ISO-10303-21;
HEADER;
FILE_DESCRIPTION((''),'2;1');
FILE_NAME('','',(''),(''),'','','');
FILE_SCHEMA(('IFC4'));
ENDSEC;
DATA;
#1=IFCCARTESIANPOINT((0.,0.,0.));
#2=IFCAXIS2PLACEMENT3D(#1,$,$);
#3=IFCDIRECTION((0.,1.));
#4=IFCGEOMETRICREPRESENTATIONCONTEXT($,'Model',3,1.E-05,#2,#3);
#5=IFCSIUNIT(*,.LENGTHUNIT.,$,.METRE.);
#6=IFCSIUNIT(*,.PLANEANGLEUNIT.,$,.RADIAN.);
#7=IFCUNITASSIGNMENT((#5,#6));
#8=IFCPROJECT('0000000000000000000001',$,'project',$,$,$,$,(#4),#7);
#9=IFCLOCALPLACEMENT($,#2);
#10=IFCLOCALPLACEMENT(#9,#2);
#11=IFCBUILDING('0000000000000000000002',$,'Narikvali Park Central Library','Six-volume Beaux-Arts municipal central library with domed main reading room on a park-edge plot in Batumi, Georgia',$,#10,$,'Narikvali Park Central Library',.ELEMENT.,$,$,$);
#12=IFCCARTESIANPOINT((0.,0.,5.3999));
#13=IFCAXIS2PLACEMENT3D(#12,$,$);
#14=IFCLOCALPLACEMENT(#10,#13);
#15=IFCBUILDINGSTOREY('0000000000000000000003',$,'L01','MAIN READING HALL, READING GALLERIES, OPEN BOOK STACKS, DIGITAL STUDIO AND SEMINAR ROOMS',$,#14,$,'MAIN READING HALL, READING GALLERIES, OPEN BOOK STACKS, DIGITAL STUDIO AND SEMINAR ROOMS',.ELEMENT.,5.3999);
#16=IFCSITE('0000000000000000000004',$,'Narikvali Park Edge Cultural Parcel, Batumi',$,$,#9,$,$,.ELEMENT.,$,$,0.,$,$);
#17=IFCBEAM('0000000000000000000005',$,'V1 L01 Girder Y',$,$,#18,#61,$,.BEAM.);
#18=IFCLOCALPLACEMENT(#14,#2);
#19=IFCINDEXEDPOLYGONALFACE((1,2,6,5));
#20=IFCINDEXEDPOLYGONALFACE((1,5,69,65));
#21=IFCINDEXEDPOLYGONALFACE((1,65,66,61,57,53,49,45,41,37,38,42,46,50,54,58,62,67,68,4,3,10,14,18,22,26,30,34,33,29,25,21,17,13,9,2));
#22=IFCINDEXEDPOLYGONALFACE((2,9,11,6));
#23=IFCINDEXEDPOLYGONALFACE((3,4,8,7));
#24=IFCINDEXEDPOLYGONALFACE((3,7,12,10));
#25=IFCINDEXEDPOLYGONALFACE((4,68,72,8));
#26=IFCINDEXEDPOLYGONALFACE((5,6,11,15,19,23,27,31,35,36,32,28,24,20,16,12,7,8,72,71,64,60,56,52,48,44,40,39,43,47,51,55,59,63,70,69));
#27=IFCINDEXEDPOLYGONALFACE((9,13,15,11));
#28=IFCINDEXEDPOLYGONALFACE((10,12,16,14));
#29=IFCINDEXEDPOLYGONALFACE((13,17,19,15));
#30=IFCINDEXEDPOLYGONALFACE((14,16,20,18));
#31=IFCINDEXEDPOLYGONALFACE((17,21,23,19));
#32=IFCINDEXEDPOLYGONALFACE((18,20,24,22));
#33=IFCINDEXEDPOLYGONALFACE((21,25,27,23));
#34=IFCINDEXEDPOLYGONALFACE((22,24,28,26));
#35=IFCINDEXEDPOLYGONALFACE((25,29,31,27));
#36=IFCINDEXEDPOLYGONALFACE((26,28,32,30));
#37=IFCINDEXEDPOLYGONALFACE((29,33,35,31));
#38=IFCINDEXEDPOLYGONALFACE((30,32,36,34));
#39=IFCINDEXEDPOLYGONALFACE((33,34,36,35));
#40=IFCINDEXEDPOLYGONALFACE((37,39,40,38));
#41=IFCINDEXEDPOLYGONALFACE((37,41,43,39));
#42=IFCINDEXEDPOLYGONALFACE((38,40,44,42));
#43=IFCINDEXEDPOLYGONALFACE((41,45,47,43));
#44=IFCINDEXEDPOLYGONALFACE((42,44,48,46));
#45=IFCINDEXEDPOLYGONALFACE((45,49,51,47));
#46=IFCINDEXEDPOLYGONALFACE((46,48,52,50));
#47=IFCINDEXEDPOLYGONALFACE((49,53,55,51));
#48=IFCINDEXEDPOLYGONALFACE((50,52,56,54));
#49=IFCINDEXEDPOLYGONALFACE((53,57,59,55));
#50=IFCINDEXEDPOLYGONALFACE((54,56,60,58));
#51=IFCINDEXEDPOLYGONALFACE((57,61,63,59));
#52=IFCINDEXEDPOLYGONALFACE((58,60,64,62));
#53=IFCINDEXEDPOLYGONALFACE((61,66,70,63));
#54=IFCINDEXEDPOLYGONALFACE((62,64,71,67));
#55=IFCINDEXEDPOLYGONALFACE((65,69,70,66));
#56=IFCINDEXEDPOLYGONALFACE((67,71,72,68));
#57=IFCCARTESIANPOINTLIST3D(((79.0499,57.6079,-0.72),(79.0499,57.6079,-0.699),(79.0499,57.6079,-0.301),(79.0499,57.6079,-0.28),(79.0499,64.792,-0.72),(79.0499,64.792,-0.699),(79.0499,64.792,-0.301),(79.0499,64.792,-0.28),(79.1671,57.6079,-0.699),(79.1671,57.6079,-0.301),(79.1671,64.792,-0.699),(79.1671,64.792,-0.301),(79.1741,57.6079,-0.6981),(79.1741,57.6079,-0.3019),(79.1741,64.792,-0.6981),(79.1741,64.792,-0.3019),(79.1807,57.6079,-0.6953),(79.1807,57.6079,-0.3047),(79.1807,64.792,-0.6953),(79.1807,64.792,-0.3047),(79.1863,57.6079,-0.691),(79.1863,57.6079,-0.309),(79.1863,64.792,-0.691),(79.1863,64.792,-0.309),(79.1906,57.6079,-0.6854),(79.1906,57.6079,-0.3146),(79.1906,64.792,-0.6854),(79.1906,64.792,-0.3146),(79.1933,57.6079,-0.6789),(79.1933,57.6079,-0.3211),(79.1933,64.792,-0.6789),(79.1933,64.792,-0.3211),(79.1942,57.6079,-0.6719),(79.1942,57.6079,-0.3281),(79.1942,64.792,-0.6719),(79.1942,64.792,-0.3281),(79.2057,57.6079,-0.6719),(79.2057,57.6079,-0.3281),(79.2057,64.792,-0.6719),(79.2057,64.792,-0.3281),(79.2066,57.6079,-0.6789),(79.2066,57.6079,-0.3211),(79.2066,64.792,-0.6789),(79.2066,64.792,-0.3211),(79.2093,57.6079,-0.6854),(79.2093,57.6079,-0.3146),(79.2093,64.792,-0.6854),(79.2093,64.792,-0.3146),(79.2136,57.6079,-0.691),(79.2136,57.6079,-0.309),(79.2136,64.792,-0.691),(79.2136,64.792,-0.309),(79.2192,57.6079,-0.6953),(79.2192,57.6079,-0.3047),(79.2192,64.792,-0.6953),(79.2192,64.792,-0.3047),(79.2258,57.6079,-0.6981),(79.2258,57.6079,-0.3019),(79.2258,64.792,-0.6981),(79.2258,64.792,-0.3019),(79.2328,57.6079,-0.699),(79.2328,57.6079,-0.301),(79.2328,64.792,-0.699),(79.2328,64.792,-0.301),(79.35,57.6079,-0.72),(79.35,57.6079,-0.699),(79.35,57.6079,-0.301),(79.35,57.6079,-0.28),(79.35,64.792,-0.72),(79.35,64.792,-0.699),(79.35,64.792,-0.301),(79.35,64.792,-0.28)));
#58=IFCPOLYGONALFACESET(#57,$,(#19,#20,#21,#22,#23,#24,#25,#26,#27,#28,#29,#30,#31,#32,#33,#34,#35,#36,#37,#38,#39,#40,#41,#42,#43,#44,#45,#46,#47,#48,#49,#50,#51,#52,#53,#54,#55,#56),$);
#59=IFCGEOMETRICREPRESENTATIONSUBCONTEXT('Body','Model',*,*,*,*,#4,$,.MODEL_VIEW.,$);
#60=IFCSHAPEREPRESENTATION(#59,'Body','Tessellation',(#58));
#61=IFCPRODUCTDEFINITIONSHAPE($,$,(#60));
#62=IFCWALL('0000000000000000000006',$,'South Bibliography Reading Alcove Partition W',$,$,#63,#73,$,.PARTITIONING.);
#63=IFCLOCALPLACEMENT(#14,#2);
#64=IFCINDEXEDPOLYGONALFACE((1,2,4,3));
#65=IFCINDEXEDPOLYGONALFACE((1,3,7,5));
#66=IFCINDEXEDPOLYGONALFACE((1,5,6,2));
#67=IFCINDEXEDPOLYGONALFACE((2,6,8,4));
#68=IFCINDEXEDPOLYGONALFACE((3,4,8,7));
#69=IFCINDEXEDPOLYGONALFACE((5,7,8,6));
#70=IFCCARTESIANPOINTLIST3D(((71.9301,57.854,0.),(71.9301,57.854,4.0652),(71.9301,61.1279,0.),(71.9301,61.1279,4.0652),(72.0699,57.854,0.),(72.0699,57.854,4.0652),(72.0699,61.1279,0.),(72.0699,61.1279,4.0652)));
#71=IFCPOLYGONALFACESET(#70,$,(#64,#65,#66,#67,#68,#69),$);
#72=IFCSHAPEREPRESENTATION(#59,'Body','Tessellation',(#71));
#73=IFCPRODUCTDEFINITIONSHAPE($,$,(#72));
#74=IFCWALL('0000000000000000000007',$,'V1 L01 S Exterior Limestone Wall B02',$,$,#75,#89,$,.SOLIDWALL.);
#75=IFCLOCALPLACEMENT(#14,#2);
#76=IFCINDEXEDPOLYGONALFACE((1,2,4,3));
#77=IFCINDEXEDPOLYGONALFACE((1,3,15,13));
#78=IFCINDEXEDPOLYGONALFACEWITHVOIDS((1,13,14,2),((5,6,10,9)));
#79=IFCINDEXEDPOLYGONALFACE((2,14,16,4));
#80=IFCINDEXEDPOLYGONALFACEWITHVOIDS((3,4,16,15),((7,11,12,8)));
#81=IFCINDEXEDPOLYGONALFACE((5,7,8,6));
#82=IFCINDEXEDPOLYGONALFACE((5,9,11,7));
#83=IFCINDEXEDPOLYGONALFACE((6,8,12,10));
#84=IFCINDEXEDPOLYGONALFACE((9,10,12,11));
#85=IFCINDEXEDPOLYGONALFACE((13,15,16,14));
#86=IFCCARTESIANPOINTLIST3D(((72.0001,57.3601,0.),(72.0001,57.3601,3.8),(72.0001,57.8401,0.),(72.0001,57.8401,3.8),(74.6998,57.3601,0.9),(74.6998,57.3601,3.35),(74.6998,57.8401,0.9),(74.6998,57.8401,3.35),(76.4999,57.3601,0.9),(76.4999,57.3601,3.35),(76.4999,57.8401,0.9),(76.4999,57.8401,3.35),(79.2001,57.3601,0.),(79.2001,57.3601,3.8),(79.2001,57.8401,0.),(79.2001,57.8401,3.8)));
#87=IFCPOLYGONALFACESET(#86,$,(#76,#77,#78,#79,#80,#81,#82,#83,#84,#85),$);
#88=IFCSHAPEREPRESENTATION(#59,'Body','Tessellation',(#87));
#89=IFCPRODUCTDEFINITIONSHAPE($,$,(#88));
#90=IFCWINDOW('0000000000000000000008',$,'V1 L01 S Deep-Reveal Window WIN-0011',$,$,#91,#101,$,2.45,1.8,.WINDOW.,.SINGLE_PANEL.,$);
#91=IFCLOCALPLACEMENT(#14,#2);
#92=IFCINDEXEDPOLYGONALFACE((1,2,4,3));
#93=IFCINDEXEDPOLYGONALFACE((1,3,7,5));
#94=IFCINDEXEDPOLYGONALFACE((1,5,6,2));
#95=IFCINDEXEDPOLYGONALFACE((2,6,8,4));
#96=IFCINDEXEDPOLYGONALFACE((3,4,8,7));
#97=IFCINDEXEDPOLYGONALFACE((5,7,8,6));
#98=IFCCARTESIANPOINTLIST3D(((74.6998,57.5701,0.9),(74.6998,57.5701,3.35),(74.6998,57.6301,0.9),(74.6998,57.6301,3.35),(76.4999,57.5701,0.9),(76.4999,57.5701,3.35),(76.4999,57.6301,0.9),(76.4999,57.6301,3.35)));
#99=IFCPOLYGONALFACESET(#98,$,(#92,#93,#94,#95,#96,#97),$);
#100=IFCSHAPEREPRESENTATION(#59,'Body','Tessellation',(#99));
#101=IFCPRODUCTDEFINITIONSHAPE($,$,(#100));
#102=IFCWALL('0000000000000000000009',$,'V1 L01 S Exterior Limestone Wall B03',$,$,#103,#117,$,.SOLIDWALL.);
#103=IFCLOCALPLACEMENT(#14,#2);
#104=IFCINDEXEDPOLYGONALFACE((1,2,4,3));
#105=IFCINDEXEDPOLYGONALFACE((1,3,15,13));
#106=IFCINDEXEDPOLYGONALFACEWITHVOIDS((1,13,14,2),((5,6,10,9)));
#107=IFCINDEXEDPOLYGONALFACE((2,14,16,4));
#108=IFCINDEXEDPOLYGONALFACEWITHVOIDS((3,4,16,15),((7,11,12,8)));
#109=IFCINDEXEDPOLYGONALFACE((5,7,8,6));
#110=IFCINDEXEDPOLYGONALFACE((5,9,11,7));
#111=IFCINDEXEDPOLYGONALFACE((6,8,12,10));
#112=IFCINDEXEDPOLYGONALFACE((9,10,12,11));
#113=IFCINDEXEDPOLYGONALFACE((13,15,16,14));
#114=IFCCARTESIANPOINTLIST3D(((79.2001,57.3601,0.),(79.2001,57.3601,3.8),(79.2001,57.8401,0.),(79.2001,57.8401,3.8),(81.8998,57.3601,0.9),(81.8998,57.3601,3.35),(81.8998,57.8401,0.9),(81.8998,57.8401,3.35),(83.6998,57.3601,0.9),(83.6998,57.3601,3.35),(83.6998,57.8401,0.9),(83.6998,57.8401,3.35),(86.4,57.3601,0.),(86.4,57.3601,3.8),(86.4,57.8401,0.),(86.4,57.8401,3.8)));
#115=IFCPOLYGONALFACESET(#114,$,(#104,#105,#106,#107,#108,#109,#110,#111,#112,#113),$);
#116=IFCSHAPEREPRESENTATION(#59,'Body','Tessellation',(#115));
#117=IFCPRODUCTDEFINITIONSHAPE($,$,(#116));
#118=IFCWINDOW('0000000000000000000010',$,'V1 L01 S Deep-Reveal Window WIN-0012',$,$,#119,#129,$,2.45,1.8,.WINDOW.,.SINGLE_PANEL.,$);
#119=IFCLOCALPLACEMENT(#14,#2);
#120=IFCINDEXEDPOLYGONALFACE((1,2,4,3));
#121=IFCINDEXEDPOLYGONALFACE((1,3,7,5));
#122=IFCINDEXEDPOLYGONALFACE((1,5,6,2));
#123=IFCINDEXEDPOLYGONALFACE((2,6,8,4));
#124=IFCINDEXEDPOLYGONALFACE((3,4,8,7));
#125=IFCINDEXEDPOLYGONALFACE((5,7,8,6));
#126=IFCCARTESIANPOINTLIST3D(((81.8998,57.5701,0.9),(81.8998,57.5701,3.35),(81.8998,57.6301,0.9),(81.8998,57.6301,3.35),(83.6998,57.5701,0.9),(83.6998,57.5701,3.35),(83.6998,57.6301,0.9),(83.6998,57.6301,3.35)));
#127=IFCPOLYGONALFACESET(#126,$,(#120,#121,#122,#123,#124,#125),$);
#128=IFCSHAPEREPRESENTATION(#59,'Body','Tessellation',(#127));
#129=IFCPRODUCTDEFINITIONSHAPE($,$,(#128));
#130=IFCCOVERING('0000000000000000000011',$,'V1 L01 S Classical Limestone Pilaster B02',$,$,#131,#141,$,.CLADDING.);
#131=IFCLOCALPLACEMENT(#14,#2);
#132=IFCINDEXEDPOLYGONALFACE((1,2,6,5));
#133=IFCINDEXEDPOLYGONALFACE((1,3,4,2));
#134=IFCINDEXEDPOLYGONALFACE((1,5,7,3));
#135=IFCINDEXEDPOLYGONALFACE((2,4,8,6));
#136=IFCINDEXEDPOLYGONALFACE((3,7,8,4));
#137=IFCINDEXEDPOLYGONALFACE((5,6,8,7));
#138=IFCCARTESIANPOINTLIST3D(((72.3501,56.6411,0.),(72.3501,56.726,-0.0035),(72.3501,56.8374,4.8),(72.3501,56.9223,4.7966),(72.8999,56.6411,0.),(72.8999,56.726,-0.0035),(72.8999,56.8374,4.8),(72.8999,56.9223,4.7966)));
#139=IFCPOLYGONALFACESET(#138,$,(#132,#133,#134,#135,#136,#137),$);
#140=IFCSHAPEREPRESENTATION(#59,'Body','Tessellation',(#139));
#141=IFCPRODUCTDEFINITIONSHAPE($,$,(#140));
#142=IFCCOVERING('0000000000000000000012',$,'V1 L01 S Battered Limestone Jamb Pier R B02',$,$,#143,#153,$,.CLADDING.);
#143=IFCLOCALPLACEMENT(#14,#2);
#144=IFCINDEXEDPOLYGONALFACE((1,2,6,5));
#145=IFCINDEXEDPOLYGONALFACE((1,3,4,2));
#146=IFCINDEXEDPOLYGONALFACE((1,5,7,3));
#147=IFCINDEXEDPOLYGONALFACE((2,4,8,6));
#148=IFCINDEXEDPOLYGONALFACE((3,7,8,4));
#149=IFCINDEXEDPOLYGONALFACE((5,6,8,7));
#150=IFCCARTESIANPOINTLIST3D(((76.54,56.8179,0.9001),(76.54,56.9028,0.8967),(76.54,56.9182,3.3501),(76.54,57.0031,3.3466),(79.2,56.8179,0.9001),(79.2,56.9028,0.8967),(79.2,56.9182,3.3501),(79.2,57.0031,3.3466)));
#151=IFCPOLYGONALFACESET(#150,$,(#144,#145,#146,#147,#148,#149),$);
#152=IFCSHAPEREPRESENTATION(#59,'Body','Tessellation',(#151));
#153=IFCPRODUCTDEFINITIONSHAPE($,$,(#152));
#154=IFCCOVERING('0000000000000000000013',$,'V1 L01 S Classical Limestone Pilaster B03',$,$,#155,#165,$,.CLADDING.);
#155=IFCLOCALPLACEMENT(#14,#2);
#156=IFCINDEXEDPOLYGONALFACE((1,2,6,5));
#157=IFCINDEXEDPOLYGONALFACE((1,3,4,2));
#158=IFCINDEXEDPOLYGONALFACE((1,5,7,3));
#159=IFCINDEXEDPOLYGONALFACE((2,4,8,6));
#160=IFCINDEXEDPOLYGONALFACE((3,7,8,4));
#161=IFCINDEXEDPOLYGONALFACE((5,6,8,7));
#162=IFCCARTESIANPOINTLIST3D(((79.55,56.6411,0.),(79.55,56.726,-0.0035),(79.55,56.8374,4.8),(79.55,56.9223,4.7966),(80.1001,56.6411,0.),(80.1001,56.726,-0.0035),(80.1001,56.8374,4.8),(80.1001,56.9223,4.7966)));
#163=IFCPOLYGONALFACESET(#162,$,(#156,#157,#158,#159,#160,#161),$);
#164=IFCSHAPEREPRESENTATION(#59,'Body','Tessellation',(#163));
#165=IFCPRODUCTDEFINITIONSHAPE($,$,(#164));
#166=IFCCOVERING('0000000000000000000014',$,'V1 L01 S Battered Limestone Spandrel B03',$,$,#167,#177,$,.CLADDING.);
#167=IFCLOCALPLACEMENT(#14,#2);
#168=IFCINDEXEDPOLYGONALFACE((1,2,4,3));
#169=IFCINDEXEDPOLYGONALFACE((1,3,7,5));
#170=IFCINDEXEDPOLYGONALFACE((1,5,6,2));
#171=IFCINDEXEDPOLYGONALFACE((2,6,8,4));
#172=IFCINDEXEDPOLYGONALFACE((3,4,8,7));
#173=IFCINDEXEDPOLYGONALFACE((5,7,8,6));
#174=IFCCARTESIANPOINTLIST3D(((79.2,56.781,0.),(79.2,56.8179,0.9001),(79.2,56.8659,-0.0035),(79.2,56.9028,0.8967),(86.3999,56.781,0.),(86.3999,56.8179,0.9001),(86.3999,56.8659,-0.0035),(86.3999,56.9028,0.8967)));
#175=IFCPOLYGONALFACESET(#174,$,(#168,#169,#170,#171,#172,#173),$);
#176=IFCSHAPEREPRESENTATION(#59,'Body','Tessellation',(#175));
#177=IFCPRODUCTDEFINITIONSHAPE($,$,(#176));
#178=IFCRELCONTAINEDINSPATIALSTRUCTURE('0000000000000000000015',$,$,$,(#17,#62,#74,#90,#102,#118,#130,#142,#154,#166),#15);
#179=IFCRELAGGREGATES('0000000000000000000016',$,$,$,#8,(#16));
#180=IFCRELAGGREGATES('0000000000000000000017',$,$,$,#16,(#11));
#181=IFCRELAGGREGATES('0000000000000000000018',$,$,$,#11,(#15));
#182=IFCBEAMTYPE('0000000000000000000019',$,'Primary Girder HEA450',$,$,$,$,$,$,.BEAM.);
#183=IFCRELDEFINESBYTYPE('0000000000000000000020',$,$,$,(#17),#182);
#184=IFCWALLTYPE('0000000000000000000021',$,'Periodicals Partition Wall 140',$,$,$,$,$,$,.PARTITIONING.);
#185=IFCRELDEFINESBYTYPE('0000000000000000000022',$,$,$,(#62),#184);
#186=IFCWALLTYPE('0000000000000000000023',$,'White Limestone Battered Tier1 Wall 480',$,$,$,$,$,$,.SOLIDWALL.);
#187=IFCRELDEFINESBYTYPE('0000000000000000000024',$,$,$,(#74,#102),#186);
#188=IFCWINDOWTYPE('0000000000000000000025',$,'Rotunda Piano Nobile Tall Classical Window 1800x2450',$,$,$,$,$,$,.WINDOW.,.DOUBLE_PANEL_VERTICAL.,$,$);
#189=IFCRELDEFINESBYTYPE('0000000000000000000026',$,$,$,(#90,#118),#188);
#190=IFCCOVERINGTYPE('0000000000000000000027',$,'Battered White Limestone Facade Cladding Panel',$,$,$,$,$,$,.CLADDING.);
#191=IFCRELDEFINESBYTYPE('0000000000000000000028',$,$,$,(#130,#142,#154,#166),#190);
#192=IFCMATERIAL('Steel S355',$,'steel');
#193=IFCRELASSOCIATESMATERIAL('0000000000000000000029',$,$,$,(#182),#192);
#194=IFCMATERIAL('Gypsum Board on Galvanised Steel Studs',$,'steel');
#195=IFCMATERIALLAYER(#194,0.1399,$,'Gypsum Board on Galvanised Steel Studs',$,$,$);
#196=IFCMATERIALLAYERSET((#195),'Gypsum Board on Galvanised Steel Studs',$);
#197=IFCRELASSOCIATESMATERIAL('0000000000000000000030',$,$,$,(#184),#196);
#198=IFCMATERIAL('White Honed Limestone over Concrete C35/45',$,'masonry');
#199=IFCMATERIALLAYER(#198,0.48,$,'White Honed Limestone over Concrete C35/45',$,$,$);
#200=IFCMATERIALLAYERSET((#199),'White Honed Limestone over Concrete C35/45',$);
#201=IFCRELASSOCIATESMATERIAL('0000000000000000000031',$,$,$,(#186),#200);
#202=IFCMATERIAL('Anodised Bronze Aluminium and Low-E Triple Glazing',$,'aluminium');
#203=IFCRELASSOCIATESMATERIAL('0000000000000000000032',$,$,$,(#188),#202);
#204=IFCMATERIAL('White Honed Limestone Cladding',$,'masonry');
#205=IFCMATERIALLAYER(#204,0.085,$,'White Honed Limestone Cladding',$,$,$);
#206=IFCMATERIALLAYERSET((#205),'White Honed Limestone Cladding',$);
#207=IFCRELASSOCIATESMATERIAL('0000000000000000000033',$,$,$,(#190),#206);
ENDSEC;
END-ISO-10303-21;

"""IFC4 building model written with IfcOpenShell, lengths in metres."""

from ifc_helpers import new_model, si_unit, direction, frame, frame_2d, origin, origin_2d, place, context, subcontext, project, spatial, polyline, rectangle, i_section, outline, extrude, material, layer, layer_set, material_profile, profile_set, type_object, element, fill, save


model = new_model("IFC4")

# Units and contexts
model_context = context("Model", 3, precision=1e-05, world=origin(), true_north=direction((0.0, 1.0)))
body_context = subcontext(model_context, "Body", "Model", "MODEL_VIEW")
ifc_project = project(units=[si_unit("LENGTHUNIT", "METRE"), si_unit("PLANEANGLEUNIT", "RADIAN")], contexts=[model_context])

# Site, building, storey
site_placement = place(None, origin())
site = spatial("IfcSite", under=ifc_project, at=site_placement, Name="Narikvali Park Edge Cultural Parcel, Batumi", CompositionType="ELEMENT", RefElevation=0.0)
building_placement = place(site_placement, origin())
building = spatial("IfcBuilding", under=site, at=building_placement, Name="Narikvali Park Central Library", Description="Six-volume Beaux-Arts municipal central library with domed main reading room on a park-edge plot in Batumi, Georgia", LongName="Narikvali Park Central Library", CompositionType="ELEMENT")
storey_placement = place(building_placement, frame((0.0, 0.0, 5.3999)))
storey = spatial("IfcBuildingStorey", under=building, at=storey_placement, Name="L01", Description="MAIN READING HALL, READING GALLERIES, OPEN BOOK STACKS, DIGITAL STUDIO AND SEMINAR ROOMS", LongName="MAIN READING HALL, READING GALLERIES, OPEN BOOK STACKS, DIGITAL STUDIO AND SEMINAR ROOMS", CompositionType="ELEMENT", Elevation=5.3999)

# Shared definitions
ifc_material_1 = material(Name="Steel S355", Category="steel")

# Beam
ifc_material_profile_1 = material_profile(ifc_material_1, i_section(OverallWidth=0.3, OverallDepth=0.4399, WebThickness=0.0115, FlangeThickness=0.021, FilletRadius=0.0271, at=origin_2d()), Name="HEA 450")
ifc_profile_set_1 = profile_set([ifc_material_profile_1], Name="Steel S355")
beam_type_1 = type_object("IfcBeamType", Name="Primary Girder HEA450", PredefinedType="BEAM", material=ifc_profile_set_1)
for number, where, z_axis, x_axis, name in (
    (1, (79.2, 57.6079, -0.5), (0.0, 1.0, 0.0), (-1.0, 0.0, 0.0), "V1 L01 Girder Y"),
):
    element("IfcBeam", number, at=place(storey_placement, frame(where, z_axis=z_axis, x_axis=x_axis)), inside=storey, type_object=beam_type_1, Name=name, PredefinedType="BEAM", context=body_context, shape_type="SweptSolid", body=[
        extrude(i_section(OverallWidth=0.3, OverallDepth=0.4399, WebThickness=0.0115, FlangeThickness=0.021, FilletRadius=0.0271, at=origin_2d()), origin(), (0.0, 0.0, 1.0), 7.1841),
    ])

# Wall
ifc_material_2 = material(Name="Gypsum Board on Galvanised Steel Studs", Category="steel")
ifc_layer_1 = layer(ifc_material_2, 0.1399, Name="Gypsum Board on Galvanised Steel Studs")
ifc_layer_set_1 = layer_set([ifc_layer_1], Name="Gypsum Board on Galvanised Steel Studs")
wall_type_1 = type_object("IfcWallType", Name="Periodicals Partition Wall 140", PredefinedType="PARTITIONING", material=ifc_layer_set_1)
wall_1_placement = place(storey_placement, frame((72.0, 57.854, 0.0), z_axis=(0.0, 0.0, 1.0), x_axis=(0.0, 1.0, 0.0)))
element("IfcWall", 2, at=wall_1_placement, inside=storey, type_object=wall_type_1, Name="South Bibliography Reading Alcove Partition W", PredefinedType="PARTITIONING", context=body_context, shape_type="SweptSolid", body=[
    extrude(rectangle(XDim=3.2739, YDim=0.1399, at=frame_2d((1.637, 0.0))), origin(), (0.0, 0.0, 1.0), 4.0652),
])

# Walls, openings, windows
ifc_material_3 = material(Name="White Honed Limestone over Concrete C35/45", Category="masonry")
ifc_layer_2 = layer(ifc_material_3, 0.48, Name="White Honed Limestone over Concrete C35/45")
ifc_layer_set_2 = layer_set([ifc_layer_2], Name="White Honed Limestone over Concrete C35/45")
wall_type_2 = type_object("IfcWallType", Name="White Limestone Battered Tier1 Wall 480", PredefinedType="SOLIDWALL", material=ifc_layer_set_2)
wall_2_placement = place(storey_placement, frame((72.0, 57.6001, 0.0), z_axis=(0.0, 0.0, 1.0), x_axis=(1.0, 0.0, 0.0)))
wall_2 = element("IfcWall", 3, at=wall_2_placement, inside=storey, type_object=wall_type_2, Name="V1 L01 S Exterior Limestone Wall B02", PredefinedType="SOLIDWALL", context=body_context, shape_type="SweptSolid", body=[
    extrude(rectangle(XDim=7.2, YDim=0.48, at=frame_2d((3.6001, 0.0))), origin(), (0.0, 0.0, 1.0), 3.8),
])
opening_1_placement = place(wall_2_placement, frame((2.7, 0.0, 0.8999)))
opening_1 = element("IfcOpeningElement", 4, at=opening_1_placement, cuts=wall_2, PredefinedType="OPENING", context=body_context, shape_type="SweptSolid", body=[
    extrude(rectangle(XDim=1.8, YDim=2.45, at=frame_2d((0.8999, 1.2251))), frame((0.0, 0.252, 0.0), z_axis=(0.0, -1.0, 0.0), x_axis=(1.0, 0.0, 0.0)), (0.0, 0.0, 1.0), 0.5039),
])
ifc_material_4 = material(Name="Anodised Bronze Aluminium and Low-E Triple Glazing", Category="aluminium")
window_type = type_object("IfcWindowType", Name="Rotunda Piano Nobile Tall Classical Window 1800x2450", PartitioningType="DOUBLE_PANEL_VERTICAL", PredefinedType="WINDOW", material=ifc_material_4)
window_1_placement = place(opening_1_placement, origin())
window_1 = element("IfcWindow", 5, at=window_1_placement, inside=storey, type_object=window_type, Name="V1 L01 S Deep-Reveal Window WIN-0011", OverallHeight=2.45, OverallWidth=1.8, PartitioningType="SINGLE_PANEL", PredefinedType="WINDOW", context=body_context, shape_type="SweptSolid", body=[
    extrude(rectangle(XDim=1.8, YDim=2.45, at=frame_2d((0.8999, 1.2251))), frame((0.0, 0.03, 0.0), z_axis=(0.0, -1.0, 0.0), x_axis=(1.0, 0.0, 0.0)), (0.0, 0.0, 1.0), 0.0601),
])
fill(opening_1, window_1)
wall_3_placement = place(storey_placement, frame((79.2, 57.6001, 0.0), z_axis=(0.0, 0.0, 1.0), x_axis=(1.0, 0.0, 0.0)))
wall_3 = element("IfcWall", 6, at=wall_3_placement, inside=storey, type_object=wall_type_2, Name="V1 L01 S Exterior Limestone Wall B03", PredefinedType="SOLIDWALL", context=body_context, shape_type="SweptSolid", body=[
    extrude(rectangle(XDim=7.2, YDim=0.48, at=frame_2d((3.6001, 0.0))), origin(), (0.0, 0.0, 1.0), 3.8),
])
opening_2_placement = place(wall_3_placement, frame((2.7, 0.0, 0.8999)))
opening_2 = element("IfcOpeningElement", 7, at=opening_2_placement, cuts=wall_3, PredefinedType="OPENING", context=body_context, shape_type="SweptSolid", body=[
    extrude(rectangle(XDim=1.8, YDim=2.45, at=frame_2d((0.8999, 1.2251))), frame((0.0, 0.252, 0.0), z_axis=(0.0, -1.0, 0.0), x_axis=(1.0, 0.0, 0.0)), (0.0, 0.0, 1.0), 0.5039),
])
window_2_placement = place(opening_2_placement, origin())
window_2 = element("IfcWindow", 8, at=window_2_placement, inside=storey, type_object=window_type, Name="V1 L01 S Deep-Reveal Window WIN-0012", OverallHeight=2.45, OverallWidth=1.8, PartitioningType="SINGLE_PANEL", PredefinedType="WINDOW", context=body_context, shape_type="SweptSolid", body=[
    extrude(rectangle(XDim=1.8, YDim=2.45, at=frame_2d((0.8999, 1.2251))), frame((0.0, 0.03, 0.0), z_axis=(0.0, -1.0, 0.0), x_axis=(1.0, 0.0, 0.0)), (0.0, 0.0, 1.0), 0.0601),
])
fill(opening_2, window_2)

# Coverings
ifc_material_5 = material(Name="White Honed Limestone Cladding", Category="masonry")
ifc_layer_3 = layer(ifc_material_5, 0.085, Name="White Honed Limestone Cladding")
ifc_layer_set_3 = layer_set([ifc_layer_3], Name="White Honed Limestone Cladding")
covering_type = type_object("IfcCoveringType", Name="Battered White Limestone Facade Cladding Panel", PredefinedType="CLADDING", material=ifc_layer_set_3)
covering_1_placement = place(storey_placement, frame((72.3501, 56.6411, 0.0), z_axis=(0.0, -0.999165, 0.040859), x_axis=(1.0, 0.0, 0.0)))
element("IfcCovering", 9, at=covering_1_placement, inside=storey, type_object=covering_type, Name="V1 L01 S Classical Limestone Pilaster B02", PredefinedType="CLADDING", context=body_context, shape_type="SweptSolid", body=[
    extrude(outline(polyline([(0.0, 0.0), (0.5498, 0.0), (0.5498, 4.8041), (0.0, 4.8041), (0.0, 0.0)])), origin(), (0.0, 0.0, -1.0), 0.085),
])
covering_2_placement = place(storey_placement, frame((76.54, 56.8179, 0.9001), z_axis=(0.0, -0.999162, 0.040922), x_axis=(1.0, 0.0, 0.0)))
element("IfcCovering", 10, at=covering_2_placement, inside=storey, type_object=covering_type, Name="V1 L01 S Battered Limestone Jamb Pier R B02", PredefinedType="CLADDING", context=body_context, shape_type="SweptSolid", body=[
    extrude(outline(polyline([(0.0, 0.0), (2.6599, 0.0), (2.6599, 2.452), (0.0, 2.452), (0.0, 0.0)])), origin(), (0.0, 0.0, -1.0), 0.085),
])
covering_3_placement = place(storey_placement, frame((79.55, 56.6411, 0.0), z_axis=(0.0, -0.999165, 0.040859), x_axis=(1.0, 0.0, 0.0)))
element("IfcCovering", 11, at=covering_3_placement, inside=storey, type_object=covering_type, Name="V1 L01 S Classical Limestone Pilaster B03", PredefinedType="CLADDING", context=body_context, shape_type="SweptSolid", body=[
    extrude(outline(polyline([(0.0, 0.0), (0.55, 0.0), (0.55, 4.8041), (0.0, 4.8041), (0.0, 0.0)])), origin(), (0.0, 0.0, -1.0), 0.085),
])
covering_4_placement = place(storey_placement, frame((79.2, 56.781, 0.0), z_axis=(0.0, -0.999162, 0.04092), x_axis=(1.0, 0.0, 0.0)))
element("IfcCovering", 12, at=covering_4_placement, inside=storey, type_object=covering_type, Name="V1 L01 S Battered Limestone Spandrel B03", PredefinedType="CLADDING", context=body_context, shape_type="SweptSolid", body=[
    extrude(outline(polyline([(0.0, 0.0), (7.2, 0.0), (7.2, 0.9009), (0.0, 0.9009), (0.0, 0.0)])), origin(), (0.0, 0.0, -1.0), 0.085),
])

save(model, "model.ifc")
